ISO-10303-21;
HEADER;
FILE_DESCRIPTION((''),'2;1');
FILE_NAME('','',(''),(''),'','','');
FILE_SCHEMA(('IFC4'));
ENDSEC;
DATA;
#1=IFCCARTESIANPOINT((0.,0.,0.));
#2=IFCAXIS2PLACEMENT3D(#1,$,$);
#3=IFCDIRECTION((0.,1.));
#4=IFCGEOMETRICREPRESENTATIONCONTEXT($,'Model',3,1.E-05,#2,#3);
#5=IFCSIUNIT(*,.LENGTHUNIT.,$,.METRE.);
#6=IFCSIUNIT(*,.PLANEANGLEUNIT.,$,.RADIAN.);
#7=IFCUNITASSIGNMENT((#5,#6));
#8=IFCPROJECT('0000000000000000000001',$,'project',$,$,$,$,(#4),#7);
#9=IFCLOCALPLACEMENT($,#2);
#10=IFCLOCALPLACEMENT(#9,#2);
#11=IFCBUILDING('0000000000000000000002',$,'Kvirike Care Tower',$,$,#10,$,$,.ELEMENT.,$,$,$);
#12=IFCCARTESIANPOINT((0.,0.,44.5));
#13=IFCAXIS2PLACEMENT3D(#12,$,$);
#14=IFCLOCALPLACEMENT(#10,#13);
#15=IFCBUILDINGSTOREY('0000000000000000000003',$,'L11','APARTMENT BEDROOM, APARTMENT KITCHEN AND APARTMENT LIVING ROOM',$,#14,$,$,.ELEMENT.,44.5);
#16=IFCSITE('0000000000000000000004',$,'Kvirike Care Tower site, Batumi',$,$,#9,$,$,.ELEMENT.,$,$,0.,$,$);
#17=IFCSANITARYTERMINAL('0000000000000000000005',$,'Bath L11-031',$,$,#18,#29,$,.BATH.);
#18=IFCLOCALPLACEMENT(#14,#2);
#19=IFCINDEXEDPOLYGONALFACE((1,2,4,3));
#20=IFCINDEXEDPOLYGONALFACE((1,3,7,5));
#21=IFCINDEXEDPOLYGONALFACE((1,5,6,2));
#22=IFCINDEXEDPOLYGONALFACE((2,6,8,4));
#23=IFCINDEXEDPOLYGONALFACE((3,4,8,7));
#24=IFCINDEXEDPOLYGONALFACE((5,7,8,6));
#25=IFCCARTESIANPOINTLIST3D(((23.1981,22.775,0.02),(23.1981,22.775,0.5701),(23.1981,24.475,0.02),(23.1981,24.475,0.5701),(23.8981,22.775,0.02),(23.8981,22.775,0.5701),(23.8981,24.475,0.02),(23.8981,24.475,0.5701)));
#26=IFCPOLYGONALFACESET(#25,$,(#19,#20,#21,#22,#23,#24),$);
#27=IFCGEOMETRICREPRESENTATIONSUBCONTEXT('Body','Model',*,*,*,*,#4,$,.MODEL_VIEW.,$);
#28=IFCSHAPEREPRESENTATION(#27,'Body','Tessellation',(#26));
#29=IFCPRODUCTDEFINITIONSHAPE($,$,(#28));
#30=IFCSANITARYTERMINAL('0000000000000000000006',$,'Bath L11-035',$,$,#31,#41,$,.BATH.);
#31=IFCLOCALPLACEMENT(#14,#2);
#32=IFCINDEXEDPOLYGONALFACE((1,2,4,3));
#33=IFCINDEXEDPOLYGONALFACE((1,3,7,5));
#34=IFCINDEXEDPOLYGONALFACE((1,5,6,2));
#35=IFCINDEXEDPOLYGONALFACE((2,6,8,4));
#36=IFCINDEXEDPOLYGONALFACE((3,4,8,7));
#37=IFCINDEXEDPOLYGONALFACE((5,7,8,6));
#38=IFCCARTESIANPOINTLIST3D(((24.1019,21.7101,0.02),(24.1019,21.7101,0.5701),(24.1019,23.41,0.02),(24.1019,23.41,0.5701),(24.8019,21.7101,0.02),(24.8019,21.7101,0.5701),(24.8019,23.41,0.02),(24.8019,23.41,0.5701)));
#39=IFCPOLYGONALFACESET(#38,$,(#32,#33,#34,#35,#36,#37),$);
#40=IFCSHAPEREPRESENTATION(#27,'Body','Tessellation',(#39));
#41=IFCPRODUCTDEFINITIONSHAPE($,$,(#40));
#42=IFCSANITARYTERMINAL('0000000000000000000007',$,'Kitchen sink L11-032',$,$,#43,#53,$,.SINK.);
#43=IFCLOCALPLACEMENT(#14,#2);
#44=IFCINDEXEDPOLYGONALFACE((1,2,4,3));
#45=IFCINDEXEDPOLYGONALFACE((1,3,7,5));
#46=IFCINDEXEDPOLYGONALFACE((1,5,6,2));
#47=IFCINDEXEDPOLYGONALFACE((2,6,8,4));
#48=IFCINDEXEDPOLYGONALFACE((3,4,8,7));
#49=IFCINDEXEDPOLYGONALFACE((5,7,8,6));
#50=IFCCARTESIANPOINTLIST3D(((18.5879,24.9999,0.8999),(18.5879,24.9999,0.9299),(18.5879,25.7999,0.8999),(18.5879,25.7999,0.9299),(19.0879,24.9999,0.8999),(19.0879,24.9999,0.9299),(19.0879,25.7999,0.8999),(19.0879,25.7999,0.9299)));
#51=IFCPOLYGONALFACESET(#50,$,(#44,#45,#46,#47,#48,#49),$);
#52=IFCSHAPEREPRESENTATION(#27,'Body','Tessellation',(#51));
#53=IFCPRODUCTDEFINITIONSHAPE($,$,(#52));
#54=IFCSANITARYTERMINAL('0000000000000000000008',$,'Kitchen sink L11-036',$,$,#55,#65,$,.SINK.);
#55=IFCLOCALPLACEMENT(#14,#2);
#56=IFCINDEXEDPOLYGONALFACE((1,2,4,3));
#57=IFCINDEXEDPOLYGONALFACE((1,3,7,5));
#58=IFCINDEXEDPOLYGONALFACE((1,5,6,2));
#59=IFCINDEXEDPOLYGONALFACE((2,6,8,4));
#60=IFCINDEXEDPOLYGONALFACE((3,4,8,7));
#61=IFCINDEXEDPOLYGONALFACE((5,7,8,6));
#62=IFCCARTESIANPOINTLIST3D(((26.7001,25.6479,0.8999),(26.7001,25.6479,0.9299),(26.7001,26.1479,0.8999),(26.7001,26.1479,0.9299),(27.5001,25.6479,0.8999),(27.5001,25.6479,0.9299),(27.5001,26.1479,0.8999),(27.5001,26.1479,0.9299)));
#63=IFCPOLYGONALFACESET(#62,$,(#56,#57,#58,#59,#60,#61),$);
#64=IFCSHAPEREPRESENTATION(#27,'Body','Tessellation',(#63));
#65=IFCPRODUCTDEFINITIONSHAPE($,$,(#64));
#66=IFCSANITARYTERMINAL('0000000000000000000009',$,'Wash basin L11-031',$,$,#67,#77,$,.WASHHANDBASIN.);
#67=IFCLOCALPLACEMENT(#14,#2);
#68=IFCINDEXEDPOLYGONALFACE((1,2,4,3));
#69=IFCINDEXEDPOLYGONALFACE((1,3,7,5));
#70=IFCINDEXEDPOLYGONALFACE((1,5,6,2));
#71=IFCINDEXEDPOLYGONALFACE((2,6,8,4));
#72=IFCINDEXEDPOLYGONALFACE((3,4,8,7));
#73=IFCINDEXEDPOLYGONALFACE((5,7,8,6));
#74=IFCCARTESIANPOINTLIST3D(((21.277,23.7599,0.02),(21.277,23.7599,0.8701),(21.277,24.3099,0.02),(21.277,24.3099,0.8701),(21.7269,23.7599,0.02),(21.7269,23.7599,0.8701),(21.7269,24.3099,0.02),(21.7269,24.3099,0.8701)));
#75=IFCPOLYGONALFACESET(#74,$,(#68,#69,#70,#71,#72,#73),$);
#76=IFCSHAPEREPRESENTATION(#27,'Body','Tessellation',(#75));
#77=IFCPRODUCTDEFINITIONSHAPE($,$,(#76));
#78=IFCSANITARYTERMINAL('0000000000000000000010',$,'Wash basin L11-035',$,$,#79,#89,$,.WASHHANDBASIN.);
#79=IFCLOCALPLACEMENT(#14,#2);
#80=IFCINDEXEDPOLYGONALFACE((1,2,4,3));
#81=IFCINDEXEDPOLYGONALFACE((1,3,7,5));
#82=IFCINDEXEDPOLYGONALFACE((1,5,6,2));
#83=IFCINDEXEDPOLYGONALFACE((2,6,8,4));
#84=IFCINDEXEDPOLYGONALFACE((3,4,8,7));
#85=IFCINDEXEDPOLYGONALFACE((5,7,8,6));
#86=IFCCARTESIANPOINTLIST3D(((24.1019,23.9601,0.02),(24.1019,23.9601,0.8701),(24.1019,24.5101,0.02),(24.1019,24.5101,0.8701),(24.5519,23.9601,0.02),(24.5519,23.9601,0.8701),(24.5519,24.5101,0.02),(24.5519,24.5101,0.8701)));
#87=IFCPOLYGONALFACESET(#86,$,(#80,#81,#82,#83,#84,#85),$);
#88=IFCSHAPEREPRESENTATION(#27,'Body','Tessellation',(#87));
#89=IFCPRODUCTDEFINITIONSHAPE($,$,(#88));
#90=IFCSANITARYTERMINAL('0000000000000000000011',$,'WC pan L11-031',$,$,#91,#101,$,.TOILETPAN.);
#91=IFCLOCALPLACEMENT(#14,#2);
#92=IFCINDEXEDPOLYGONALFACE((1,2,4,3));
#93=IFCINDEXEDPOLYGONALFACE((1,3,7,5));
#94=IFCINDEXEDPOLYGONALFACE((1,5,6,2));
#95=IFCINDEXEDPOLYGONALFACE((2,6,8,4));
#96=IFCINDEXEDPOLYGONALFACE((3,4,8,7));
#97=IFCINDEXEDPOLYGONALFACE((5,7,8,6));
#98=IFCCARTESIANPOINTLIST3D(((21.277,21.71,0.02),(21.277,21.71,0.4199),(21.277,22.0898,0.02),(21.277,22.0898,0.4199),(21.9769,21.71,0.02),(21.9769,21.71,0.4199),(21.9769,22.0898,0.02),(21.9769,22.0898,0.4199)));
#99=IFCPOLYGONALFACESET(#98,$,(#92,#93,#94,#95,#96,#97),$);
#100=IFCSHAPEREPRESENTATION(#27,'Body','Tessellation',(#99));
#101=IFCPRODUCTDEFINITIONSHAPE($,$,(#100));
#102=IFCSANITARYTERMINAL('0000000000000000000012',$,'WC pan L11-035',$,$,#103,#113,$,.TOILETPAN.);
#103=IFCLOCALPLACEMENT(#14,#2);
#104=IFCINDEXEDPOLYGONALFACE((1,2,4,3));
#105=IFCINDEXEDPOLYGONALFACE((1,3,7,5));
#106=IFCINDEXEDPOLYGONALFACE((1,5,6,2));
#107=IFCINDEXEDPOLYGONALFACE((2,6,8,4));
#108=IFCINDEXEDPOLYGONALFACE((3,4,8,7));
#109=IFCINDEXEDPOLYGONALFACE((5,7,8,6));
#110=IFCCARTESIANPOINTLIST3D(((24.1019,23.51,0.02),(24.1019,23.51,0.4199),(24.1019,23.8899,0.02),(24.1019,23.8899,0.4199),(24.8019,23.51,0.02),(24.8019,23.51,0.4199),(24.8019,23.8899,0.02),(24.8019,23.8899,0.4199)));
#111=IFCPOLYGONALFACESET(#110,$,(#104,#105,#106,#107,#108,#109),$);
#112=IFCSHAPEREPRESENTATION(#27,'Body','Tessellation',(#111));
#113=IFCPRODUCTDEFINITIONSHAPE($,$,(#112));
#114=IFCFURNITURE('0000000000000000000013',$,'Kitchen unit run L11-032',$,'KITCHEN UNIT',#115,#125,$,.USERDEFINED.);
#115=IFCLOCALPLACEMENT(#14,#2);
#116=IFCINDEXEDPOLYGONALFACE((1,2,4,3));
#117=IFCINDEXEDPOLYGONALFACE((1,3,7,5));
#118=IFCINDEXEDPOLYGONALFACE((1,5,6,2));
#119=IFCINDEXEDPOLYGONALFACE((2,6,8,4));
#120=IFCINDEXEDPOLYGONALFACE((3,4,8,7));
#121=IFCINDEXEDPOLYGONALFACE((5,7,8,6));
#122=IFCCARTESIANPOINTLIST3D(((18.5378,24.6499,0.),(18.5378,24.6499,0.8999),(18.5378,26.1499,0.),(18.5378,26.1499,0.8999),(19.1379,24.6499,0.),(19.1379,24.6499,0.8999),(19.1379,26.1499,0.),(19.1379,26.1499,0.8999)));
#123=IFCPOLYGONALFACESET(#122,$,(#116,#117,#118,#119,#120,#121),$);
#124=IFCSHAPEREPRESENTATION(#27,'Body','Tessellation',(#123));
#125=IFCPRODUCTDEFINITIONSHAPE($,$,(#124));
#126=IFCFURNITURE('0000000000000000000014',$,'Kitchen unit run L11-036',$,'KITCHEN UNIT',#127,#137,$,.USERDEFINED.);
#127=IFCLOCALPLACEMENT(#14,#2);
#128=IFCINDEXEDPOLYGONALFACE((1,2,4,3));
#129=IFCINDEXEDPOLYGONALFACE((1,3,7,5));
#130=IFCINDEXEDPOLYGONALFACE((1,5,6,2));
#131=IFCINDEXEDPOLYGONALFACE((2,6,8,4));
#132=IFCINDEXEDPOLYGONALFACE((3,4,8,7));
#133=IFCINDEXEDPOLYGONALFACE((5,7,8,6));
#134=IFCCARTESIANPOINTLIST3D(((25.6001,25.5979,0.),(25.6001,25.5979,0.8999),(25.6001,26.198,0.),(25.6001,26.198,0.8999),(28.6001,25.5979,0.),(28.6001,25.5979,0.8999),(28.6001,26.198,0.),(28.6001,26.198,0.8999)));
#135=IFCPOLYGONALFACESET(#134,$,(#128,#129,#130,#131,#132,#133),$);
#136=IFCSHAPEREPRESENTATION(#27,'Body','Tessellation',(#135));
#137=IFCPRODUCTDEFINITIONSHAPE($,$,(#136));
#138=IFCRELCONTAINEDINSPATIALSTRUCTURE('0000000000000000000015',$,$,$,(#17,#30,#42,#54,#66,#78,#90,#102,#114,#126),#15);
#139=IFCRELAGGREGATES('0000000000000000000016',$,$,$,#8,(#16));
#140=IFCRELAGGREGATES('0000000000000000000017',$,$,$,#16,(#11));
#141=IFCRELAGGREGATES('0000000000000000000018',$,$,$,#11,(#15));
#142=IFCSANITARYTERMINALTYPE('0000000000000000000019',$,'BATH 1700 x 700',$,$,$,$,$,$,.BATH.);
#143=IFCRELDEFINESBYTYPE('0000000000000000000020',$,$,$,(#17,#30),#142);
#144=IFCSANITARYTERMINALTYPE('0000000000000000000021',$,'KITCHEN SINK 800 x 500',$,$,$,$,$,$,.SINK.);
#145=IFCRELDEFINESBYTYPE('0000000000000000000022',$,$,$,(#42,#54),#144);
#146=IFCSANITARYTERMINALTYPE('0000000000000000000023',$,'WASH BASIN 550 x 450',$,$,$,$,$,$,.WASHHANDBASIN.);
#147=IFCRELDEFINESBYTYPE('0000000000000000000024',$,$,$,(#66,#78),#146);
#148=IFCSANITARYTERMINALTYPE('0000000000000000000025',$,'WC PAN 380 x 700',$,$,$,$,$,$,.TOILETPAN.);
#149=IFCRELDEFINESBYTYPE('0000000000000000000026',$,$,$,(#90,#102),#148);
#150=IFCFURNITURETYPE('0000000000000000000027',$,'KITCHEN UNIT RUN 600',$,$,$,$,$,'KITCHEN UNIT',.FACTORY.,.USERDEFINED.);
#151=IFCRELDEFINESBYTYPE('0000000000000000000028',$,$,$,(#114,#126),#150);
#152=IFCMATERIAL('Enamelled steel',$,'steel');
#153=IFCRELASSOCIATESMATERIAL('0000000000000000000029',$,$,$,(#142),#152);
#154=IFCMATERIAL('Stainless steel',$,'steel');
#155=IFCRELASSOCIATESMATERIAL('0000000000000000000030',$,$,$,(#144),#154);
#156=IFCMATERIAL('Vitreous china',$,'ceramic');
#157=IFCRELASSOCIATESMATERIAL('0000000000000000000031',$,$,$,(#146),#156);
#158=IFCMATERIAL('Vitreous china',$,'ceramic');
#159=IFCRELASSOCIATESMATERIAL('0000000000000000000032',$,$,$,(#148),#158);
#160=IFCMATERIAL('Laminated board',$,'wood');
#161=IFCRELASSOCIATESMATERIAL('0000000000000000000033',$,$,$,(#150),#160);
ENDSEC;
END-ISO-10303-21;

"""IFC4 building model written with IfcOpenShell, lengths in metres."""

from ifc_helpers import new_model, si_unit, direction, frame, origin, origin_2d, place, context, subcontext, project, spatial, rectangle, extrude, material, type_object, element, save


model = new_model("IFC4")

# Units and contexts
model_context = context("Model", 3, precision=1e-05, world=origin(), true_north=direction((0.0, 1.0)))
body_context = subcontext(model_context, "Body", "Model", "MODEL_VIEW")
ifc_project = project(units=[si_unit("LENGTHUNIT", "METRE"), si_unit("PLANEANGLEUNIT", "RADIAN")], contexts=[model_context])

# Site, building, storey
site_placement = place(None, origin())
site = spatial("IfcSite", under=ifc_project, at=site_placement, Name="Kvirike Care Tower site, Batumi", CompositionType="ELEMENT", RefElevation=0.0)
building_placement = place(site_placement, origin())
building = spatial("IfcBuilding", under=site, at=building_placement, Name="Kvirike Care Tower", CompositionType="ELEMENT")
storey_placement = place(building_placement, frame((0.0, 0.0, 44.5)))
storey = spatial("IfcBuildingStorey", under=building, at=storey_placement, Name="L11", Description="APARTMENT BEDROOM, APARTMENT KITCHEN AND APARTMENT LIVING ROOM", CompositionType="ELEMENT", Elevation=44.5)

# Sanitary terminals
ifc_material_1 = material(Name="Enamelled steel", Category="steel")
sanitary_terminal_type_1 = type_object("IfcSanitaryTerminalType", Name="BATH 1700 x 700", PredefinedType="BATH", material=ifc_material_1)
for number, where, z_axis, x_axis, name in (
    (1, (23.5481, 23.625, 0.02), (0.0, 0.0, 1.0), (0.0, -1.0, 0.0), "Bath L11-031"),
    (2, (24.4519, 22.5601, 0.02), (0.0, 0.0, 1.0), (0.0, 1.0, 0.0), "Bath L11-035"),
):
    element("IfcSanitaryTerminal", number, at=place(storey_placement, frame(where, z_axis=z_axis, x_axis=x_axis)), inside=storey, type_object=sanitary_terminal_type_1, Name=name, PredefinedType="BATH", context=body_context, shape_type="SweptSolid", body=[
        extrude(rectangle(XDim=1.7, YDim=0.7, at=origin_2d()), origin(), (0.0, 0.0, 1.0), 0.55),
    ])
ifc_material_2 = material(Name="Stainless steel", Category="steel")
sanitary_terminal_type_2 = type_object("IfcSanitaryTerminalType", Name="KITCHEN SINK 800 x 500", PredefinedType="SINK", material=ifc_material_2)
for number, where, z_axis, x_axis, name in (
    (3, (18.8379, 25.3999, 0.8999), (0.0, 0.0, 1.0), (0.0, -1.0, 0.0), "Kitchen sink L11-032"),
    (4, (27.1001, 25.8979, 0.8999), (0.0, 0.0, 1.0), (1.0, 0.0, 0.0), "Kitchen sink L11-036"),
):
    element("IfcSanitaryTerminal", number, at=place(storey_placement, frame(where, z_axis=z_axis, x_axis=x_axis)), inside=storey, type_object=sanitary_terminal_type_2, Name=name, PredefinedType="SINK", context=body_context, shape_type="SweptSolid", body=[
        extrude(rectangle(XDim=0.8, YDim=0.5, at=origin_2d()), origin(), (0.0, 0.0, 1.0), 0.03),
    ])
ifc_material_3 = material(Name="Vitreous china", Category="ceramic")
sanitary_terminal_type_3 = type_object("IfcSanitaryTerminalType", Name="WASH BASIN 550 x 450", PredefinedType="WASHHANDBASIN", material=ifc_material_3)
for number, where, z_axis, x_axis, name in (
    (5, (21.502, 24.0349, 0.02), (0.0, 0.0, 1.0), (0.0, 1.0, 0.0), "Wash basin L11-031"),
    (6, (24.3269, 24.2351, 0.02), (0.0, 0.0, 1.0), (0.0, 1.0, 0.0), "Wash basin L11-035"),
):
    element("IfcSanitaryTerminal", number, at=place(storey_placement, frame(where, z_axis=z_axis, x_axis=x_axis)), inside=storey, type_object=sanitary_terminal_type_3, Name=name, PredefinedType="WASHHANDBASIN", context=body_context, shape_type="SweptSolid", body=[
        extrude(rectangle(XDim=0.55, YDim=0.45, at=origin_2d()), origin(), (0.0, 0.0, 1.0), 0.8501),
    ])
ifc_material_4 = material(Name="Vitreous china", Category="ceramic")
sanitary_terminal_type_4 = type_object("IfcSanitaryTerminalType", Name="WC PAN 380 x 700", PredefinedType="TOILETPAN", material=ifc_material_4)
for number, where, z_axis, x_axis, name in (
    (7, (21.627, 21.8999, 0.02), (0.0, 0.0, 1.0), (0.0, 1.0, 0.0), "WC pan L11-031"),
    (8, (24.4519, 23.7, 0.02), (0.0, 0.0, 1.0), (0.0, 1.0, 0.0), "WC pan L11-035"),
):
    element("IfcSanitaryTerminal", number, at=place(storey_placement, frame(where, z_axis=z_axis, x_axis=x_axis)), inside=storey, type_object=sanitary_terminal_type_4, Name=name, PredefinedType="TOILETPAN", context=body_context, shape_type="SweptSolid", body=[
        extrude(rectangle(XDim=0.3799, YDim=0.7, at=origin_2d()), origin(), (0.0, 0.0, 1.0), 0.3999),
    ])

# Furniture
ifc_material_5 = material(Name="Laminated board", Category="wood")
furniture_type = type_object("IfcFurnitureType", Name="KITCHEN UNIT RUN 600", ElementType="KITCHEN UNIT", AssemblyPlace="FACTORY", PredefinedType="USERDEFINED", material=ifc_material_5)
furniture_1_placement = place(storey_placement, frame((18.8379, 25.3999, 0.0), z_axis=(0.0, 0.0, 1.0), x_axis=(0.0, -1.0, 0.0)))
element("IfcFurniture", 9, at=furniture_1_placement, inside=storey, type_object=furniture_type, Name="Kitchen unit run L11-032", ObjectType="KITCHEN UNIT", PredefinedType="USERDEFINED", context=body_context, shape_type="SweptSolid", body=[
    extrude(rectangle(XDim=1.5, YDim=0.6001, at=origin_2d()), origin(), (0.0, 0.0, 1.0), 0.8999),
])
furniture_2_placement = place(storey_placement, frame((27.1001, 25.8979, 0.0), z_axis=(0.0, 0.0, 1.0), x_axis=(1.0, 0.0, 0.0)))
element("IfcFurniture", 10, at=furniture_2_placement, inside=storey, type_object=furniture_type, Name="Kitchen unit run L11-036", ObjectType="KITCHEN UNIT", PredefinedType="USERDEFINED", context=body_context, shape_type="SweptSolid", body=[
    extrude(rectangle(XDim=3.0, YDim=0.6001, at=origin_2d()), origin(), (0.0, 0.0, 1.0), 0.8999),
])

save(model, "model.ifc")
